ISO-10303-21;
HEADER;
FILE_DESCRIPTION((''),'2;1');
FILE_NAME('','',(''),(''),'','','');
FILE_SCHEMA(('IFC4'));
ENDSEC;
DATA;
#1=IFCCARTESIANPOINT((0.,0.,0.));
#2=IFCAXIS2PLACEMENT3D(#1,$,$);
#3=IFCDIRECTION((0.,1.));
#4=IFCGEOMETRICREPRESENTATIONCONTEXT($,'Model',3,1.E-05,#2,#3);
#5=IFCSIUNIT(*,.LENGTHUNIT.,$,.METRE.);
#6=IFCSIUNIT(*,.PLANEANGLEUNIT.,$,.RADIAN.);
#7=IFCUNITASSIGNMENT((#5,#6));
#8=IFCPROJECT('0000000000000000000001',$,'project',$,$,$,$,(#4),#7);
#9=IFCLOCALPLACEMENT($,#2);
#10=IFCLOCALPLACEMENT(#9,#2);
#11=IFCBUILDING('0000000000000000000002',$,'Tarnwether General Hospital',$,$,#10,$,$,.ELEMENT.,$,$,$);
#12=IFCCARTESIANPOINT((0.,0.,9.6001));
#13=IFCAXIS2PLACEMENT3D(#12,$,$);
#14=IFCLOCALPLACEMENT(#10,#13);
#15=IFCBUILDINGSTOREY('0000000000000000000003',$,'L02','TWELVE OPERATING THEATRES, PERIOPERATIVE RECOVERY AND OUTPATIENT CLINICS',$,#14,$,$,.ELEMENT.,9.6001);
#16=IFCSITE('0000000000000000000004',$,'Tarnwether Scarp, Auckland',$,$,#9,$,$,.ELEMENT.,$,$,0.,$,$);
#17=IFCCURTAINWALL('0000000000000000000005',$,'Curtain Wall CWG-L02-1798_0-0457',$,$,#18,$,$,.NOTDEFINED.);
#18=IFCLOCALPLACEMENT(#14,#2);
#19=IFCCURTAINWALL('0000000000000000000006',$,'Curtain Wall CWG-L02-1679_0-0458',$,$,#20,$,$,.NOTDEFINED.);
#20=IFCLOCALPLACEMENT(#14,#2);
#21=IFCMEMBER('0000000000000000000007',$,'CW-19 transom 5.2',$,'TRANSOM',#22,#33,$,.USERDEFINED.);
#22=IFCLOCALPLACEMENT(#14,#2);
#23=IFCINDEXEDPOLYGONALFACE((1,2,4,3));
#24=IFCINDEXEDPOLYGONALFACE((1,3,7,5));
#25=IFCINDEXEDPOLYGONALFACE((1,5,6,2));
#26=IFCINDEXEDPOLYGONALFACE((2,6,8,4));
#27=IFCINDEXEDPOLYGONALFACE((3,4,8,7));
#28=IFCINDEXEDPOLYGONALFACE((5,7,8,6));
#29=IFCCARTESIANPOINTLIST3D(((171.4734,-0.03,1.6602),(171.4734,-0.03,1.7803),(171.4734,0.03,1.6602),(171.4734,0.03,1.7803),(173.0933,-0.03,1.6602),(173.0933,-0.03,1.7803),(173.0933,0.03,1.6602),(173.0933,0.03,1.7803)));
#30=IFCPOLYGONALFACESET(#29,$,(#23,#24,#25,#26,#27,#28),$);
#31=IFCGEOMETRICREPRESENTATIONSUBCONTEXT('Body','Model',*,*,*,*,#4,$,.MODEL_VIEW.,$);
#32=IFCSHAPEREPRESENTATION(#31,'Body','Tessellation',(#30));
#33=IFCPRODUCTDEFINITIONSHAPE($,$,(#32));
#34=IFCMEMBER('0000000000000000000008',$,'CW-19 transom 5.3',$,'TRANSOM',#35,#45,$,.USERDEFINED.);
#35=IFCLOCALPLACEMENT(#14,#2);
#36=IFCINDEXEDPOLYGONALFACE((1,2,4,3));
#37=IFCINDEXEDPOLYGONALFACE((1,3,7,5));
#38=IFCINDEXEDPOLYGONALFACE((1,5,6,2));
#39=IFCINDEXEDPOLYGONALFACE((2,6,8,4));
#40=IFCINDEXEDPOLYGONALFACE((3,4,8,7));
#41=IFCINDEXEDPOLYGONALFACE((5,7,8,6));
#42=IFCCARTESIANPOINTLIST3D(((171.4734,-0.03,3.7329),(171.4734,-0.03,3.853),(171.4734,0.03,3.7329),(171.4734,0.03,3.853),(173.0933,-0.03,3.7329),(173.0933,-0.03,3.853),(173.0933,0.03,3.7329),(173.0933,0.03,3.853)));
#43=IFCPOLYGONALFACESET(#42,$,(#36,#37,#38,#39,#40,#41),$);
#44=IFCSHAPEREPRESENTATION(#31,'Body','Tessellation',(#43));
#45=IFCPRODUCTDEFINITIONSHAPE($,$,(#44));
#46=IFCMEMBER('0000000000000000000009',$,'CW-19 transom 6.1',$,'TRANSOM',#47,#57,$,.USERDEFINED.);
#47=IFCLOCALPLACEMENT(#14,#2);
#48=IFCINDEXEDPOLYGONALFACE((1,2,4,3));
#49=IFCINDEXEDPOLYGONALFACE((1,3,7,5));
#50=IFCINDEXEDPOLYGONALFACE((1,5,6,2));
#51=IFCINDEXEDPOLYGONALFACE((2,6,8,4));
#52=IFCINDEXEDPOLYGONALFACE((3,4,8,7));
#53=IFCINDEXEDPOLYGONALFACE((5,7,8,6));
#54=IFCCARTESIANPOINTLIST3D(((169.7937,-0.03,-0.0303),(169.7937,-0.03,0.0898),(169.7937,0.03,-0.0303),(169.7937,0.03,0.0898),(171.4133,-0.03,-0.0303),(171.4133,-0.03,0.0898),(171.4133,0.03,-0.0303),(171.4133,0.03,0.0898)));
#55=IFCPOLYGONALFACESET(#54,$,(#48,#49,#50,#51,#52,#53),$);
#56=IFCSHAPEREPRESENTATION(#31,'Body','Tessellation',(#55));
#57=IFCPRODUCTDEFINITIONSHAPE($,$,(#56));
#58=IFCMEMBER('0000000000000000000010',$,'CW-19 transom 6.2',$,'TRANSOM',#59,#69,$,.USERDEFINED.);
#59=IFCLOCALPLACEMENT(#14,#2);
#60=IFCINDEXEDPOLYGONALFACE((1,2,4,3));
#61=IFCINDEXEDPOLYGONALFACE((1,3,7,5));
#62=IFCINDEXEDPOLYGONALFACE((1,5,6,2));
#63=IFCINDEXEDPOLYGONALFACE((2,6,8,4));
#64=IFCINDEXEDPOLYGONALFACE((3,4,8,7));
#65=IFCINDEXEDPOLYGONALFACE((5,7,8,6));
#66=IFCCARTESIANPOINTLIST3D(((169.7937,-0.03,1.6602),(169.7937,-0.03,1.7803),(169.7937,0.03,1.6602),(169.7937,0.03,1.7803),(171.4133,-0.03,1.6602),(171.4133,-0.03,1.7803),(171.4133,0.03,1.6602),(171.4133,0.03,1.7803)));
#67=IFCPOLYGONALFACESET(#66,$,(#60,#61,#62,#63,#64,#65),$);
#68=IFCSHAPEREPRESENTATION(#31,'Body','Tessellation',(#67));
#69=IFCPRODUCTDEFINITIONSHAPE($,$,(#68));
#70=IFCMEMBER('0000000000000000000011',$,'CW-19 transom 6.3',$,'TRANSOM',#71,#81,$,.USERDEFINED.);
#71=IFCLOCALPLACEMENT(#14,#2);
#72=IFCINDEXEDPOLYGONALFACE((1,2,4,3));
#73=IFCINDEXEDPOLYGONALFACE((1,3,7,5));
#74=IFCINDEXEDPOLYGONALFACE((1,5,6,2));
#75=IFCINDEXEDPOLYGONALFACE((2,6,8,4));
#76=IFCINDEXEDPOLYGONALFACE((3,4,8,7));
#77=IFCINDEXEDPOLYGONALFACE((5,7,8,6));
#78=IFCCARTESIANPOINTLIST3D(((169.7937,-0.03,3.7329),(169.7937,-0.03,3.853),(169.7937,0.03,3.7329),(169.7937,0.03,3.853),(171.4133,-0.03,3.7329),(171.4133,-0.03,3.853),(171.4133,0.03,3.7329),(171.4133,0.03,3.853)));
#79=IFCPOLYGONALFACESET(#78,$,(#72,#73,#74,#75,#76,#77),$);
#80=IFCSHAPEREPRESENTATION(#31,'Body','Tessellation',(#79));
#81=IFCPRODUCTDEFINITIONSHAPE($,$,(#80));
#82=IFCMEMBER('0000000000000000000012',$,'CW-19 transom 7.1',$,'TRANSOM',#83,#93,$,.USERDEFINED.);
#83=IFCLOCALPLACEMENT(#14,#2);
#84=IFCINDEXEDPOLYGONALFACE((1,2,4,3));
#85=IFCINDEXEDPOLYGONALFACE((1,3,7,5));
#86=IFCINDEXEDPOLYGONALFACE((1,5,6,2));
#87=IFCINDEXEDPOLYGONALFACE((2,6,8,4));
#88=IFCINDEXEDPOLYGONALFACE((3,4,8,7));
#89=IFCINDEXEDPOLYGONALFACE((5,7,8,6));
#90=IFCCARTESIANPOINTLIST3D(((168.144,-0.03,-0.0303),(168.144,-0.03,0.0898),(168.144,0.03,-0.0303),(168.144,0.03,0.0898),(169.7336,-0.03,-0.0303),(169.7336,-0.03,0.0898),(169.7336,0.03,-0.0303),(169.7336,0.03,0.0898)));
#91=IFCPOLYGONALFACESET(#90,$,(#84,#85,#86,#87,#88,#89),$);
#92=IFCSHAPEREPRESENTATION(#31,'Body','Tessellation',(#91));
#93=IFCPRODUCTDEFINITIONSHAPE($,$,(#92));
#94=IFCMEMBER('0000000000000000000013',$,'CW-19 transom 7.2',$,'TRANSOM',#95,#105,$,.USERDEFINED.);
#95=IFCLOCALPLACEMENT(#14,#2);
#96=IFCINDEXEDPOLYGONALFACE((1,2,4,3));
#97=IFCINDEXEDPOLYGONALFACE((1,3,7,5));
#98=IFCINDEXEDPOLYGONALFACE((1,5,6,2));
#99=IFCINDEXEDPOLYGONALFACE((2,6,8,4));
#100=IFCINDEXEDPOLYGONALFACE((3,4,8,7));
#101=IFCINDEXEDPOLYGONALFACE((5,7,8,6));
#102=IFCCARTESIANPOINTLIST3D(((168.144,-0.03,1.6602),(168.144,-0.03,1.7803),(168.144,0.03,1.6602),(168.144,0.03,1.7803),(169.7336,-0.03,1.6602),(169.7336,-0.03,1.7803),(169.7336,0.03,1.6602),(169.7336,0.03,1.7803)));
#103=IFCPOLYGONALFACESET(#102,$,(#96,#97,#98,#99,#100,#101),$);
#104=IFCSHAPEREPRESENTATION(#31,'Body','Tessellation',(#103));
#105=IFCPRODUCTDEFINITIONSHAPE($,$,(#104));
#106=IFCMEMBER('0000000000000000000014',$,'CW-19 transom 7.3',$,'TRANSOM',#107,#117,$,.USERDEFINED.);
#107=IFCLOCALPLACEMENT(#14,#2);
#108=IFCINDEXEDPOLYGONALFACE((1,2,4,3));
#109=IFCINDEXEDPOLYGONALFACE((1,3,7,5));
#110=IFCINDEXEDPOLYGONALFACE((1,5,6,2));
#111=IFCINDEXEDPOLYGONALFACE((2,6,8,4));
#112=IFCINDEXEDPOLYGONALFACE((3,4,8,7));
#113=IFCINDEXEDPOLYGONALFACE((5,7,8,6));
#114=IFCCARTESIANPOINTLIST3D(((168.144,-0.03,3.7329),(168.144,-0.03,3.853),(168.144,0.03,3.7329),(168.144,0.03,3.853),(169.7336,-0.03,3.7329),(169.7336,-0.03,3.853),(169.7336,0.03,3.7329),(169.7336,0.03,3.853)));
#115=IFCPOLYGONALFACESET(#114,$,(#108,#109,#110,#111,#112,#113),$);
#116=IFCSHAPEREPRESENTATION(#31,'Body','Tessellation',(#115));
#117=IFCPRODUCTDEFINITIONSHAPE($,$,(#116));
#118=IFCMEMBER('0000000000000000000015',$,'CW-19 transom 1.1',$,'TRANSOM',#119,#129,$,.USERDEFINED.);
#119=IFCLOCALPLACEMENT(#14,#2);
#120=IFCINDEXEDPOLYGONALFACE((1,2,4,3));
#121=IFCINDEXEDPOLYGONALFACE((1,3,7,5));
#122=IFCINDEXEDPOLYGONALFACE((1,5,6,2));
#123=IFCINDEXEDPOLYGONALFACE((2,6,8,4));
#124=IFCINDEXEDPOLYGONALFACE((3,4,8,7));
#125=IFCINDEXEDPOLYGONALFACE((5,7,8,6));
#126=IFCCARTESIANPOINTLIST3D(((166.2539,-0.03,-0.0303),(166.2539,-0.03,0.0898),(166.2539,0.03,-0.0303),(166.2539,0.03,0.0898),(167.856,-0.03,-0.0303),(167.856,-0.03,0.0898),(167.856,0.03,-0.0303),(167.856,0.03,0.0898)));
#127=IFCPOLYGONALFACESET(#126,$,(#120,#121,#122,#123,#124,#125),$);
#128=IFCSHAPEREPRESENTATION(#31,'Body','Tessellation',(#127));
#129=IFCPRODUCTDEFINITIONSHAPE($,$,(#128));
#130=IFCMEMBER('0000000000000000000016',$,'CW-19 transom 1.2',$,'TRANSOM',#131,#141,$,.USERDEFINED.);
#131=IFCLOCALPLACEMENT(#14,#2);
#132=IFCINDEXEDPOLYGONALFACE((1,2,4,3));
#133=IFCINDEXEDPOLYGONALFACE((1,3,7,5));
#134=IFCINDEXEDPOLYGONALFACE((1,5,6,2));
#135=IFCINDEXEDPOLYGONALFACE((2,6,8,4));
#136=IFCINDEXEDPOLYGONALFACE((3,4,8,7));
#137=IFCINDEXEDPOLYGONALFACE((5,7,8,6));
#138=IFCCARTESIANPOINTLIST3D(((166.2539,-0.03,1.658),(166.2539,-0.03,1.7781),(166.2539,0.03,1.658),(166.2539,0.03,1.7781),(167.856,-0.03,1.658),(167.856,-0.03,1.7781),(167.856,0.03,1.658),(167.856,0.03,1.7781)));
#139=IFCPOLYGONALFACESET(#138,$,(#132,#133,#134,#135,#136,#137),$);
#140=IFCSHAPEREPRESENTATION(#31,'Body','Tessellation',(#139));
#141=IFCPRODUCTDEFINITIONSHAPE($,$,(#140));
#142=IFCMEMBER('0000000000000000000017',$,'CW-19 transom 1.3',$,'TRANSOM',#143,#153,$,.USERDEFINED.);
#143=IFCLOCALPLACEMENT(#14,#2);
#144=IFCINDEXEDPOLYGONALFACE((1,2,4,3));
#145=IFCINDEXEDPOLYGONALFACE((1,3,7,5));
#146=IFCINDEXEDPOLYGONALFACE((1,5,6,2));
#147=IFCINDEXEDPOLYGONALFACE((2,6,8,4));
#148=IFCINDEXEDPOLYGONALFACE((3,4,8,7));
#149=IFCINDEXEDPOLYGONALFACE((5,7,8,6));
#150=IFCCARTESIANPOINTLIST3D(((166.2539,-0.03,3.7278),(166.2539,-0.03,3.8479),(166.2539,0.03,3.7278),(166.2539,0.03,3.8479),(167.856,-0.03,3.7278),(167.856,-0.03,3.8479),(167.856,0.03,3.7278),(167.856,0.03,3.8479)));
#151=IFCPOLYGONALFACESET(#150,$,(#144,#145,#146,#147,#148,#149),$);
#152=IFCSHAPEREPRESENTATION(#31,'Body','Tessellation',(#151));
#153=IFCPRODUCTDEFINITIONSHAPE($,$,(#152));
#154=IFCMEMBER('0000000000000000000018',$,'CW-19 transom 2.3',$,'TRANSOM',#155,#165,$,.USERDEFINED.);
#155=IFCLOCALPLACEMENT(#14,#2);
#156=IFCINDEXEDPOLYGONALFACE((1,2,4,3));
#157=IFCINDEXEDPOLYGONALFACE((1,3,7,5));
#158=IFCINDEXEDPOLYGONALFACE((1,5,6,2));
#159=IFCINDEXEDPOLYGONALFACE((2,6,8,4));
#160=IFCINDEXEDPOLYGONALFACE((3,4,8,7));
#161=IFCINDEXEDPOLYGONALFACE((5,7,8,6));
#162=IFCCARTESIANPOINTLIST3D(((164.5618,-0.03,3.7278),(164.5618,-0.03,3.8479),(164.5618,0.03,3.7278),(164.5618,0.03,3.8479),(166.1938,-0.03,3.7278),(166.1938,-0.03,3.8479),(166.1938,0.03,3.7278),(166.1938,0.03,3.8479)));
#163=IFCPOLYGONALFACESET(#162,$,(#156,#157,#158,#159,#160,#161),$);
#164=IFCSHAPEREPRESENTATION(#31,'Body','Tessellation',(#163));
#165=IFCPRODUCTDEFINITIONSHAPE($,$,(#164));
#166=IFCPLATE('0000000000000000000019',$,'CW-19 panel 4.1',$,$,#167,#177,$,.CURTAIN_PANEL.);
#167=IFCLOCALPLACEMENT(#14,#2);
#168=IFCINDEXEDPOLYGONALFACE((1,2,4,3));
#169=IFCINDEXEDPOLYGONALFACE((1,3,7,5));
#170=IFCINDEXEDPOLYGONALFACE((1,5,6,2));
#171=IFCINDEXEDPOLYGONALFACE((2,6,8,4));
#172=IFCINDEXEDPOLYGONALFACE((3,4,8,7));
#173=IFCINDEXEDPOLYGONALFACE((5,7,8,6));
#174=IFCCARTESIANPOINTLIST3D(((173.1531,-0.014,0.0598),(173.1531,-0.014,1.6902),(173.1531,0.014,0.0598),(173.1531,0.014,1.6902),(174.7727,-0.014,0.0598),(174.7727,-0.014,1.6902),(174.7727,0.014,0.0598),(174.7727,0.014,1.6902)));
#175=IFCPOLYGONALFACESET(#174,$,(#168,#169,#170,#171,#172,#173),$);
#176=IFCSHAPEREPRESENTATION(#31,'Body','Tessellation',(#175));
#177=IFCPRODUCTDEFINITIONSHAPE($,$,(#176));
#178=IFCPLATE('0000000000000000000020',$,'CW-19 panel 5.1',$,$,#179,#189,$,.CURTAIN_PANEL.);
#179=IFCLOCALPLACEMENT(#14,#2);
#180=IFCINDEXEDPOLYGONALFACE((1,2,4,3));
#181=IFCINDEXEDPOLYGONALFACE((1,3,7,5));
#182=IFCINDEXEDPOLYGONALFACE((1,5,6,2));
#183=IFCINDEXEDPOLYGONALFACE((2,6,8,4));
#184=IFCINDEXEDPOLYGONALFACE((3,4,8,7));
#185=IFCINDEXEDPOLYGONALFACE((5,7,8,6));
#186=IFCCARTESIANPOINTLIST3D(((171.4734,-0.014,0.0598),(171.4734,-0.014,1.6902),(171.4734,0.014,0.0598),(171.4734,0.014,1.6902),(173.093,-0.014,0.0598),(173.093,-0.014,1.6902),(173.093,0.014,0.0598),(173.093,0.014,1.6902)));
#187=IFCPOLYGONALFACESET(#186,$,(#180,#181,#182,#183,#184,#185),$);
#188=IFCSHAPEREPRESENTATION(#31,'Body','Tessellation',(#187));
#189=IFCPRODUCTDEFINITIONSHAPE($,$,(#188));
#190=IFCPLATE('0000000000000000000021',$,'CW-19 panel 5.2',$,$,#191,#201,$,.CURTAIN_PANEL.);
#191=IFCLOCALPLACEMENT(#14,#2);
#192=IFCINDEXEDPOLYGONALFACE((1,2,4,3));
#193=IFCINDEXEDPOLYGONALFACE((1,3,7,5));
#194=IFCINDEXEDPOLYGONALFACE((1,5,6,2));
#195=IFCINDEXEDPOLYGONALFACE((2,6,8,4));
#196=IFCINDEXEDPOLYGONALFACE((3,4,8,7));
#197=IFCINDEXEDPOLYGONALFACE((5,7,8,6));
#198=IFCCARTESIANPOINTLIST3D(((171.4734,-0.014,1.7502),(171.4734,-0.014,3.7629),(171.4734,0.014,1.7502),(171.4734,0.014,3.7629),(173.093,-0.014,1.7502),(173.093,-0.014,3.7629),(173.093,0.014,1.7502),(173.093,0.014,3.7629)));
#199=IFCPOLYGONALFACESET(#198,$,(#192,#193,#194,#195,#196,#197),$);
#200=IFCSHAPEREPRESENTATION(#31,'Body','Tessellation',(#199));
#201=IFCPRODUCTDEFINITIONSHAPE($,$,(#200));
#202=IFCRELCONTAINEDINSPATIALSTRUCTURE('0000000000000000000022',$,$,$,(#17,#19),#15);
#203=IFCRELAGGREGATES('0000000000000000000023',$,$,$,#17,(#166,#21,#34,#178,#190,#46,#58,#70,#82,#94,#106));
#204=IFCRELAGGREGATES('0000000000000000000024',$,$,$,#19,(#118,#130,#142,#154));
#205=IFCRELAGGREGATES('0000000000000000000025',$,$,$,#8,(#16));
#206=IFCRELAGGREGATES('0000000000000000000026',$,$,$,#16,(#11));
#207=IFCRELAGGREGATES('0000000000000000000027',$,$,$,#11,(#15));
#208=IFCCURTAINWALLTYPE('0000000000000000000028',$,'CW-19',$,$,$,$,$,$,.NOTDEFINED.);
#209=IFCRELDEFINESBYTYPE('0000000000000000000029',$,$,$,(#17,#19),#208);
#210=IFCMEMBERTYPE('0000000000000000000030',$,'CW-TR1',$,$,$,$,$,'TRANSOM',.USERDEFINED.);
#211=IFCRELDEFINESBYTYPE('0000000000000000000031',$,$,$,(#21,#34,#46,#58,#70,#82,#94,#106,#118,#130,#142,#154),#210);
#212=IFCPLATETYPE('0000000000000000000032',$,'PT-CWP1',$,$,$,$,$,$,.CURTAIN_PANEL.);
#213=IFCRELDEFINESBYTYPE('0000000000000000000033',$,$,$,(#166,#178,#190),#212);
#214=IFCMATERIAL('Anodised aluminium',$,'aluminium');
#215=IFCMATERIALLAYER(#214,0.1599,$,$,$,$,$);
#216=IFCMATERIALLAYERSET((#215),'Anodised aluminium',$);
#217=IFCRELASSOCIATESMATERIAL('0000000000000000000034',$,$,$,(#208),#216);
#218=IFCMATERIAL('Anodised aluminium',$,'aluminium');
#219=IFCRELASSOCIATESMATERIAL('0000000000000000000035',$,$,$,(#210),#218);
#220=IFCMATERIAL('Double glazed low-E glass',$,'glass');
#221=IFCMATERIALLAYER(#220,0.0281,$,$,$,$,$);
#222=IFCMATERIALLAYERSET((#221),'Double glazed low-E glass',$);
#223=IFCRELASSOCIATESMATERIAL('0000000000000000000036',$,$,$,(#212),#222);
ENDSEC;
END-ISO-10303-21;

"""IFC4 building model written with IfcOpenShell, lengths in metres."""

from ifc_helpers import new_model, si_unit, direction, frame, origin, origin_2d, place, context, subcontext, project, spatial, rectangle, extrude, material, layer, layer_set, material_profile, profile_set, type_object, element, aggregate, save


model = new_model("IFC4")

# Units and contexts
model_context = context("Model", 3, precision=1e-05, world=origin(), true_north=direction((0.0, 1.0)))
body_context = subcontext(model_context, "Body", "Model", "MODEL_VIEW")
ifc_project = project(units=[si_unit("LENGTHUNIT", "METRE"), si_unit("PLANEANGLEUNIT", "RADIAN")], contexts=[model_context])

# Site, building, storey
site_placement = place(None, origin())
site = spatial("IfcSite", under=ifc_project, at=site_placement, Name="Tarnwether Scarp, Auckland", CompositionType="ELEMENT", RefElevation=0.0)
building_placement = place(site_placement, origin())
building = spatial("IfcBuilding", under=site, at=building_placement, Name="Tarnwether General Hospital", CompositionType="ELEMENT")
storey_placement = place(building_placement, frame((0.0, 0.0, 9.6001)))
storey = spatial("IfcBuildingStorey", under=building, at=storey_placement, Name="L02", Description="TWELVE OPERATING THEATRES, PERIOPERATIVE RECOVERY AND OUTPATIENT CLINICS", CompositionType="ELEMENT", Elevation=9.6001)

# Curtain walls
ifc_material_1 = material(Name="Anodised aluminium", Category="aluminium")
ifc_layer_1 = layer(ifc_material_1, 0.1599)
ifc_layer_set_1 = layer_set([ifc_layer_1], Name="Anodised aluminium")
curtain_wall_type = type_object("IfcCurtainWallType", Name="CW-19", PredefinedType="NOTDEFINED", material=ifc_layer_set_1)
curtain_wall_1_placement = place(storey_placement, origin())
curtain_wall_1 = element("IfcCurtainWall", 1, at=curtain_wall_1_placement, inside=storey, type_object=curtain_wall_type, Name="Curtain Wall CWG-L02-1798_0-0457", PredefinedType="NOTDEFINED")
curtain_wall_2_placement = place(storey_placement, origin())
curtain_wall_2 = element("IfcCurtainWall", 2, at=curtain_wall_2_placement, inside=storey, type_object=curtain_wall_type, Name="Curtain Wall CWG-L02-1679_0-0458", PredefinedType="NOTDEFINED")

# Members
ifc_material_2 = material(Name="Anodised aluminium", Category="aluminium")
ifc_material_profile_1 = material_profile(ifc_material_2, rectangle(XDim=0.0601, YDim=0.1201, at=origin_2d()), Name="ALU-TRN-60x120")
ifc_profile_set_1 = profile_set([ifc_material_profile_1], Name="Anodised aluminium")
member_type_1 = type_object("IfcMemberType", Name="CW-TR1", ElementType="TRANSOM", PredefinedType="USERDEFINED", material=ifc_profile_set_1)
member_1_placement = place(storey_placement, frame((173.0933, 0.0, 1.7202), z_axis=(-1.0, 0.0, 0.0), x_axis=(0.0, -1.0, 0.0)))
member_1 = element("IfcMember", 3, at=member_1_placement, type_object=member_type_1, Name="CW-19 transom 5.2", ObjectType="TRANSOM", PredefinedType="USERDEFINED", context=body_context, shape_type="SweptSolid", body=[
    extrude(rectangle(XDim=0.0601, YDim=0.1201, at=origin_2d()), origin(), (0.0, 0.0, 1.0), 1.6199),
])
member_2_placement = place(storey_placement, frame((173.0933, 0.0, 3.793), z_axis=(-1.0, 0.0, 0.0), x_axis=(0.0, -1.0, 0.0)))
member_2 = element("IfcMember", 4, at=member_2_placement, type_object=member_type_1, Name="CW-19 transom 5.3", ObjectType="TRANSOM", PredefinedType="USERDEFINED", context=body_context, shape_type="SweptSolid", body=[
    extrude(rectangle(XDim=0.0601, YDim=0.1201, at=origin_2d()), origin(), (0.0, 0.0, 1.0), 1.6199),
])
member_3_placement = place(storey_placement, frame((171.4133, 0.0, 0.0298), z_axis=(-1.0, 0.0, 0.0), x_axis=(0.0, -1.0, 0.0)))
member_3 = element("IfcMember", 5, at=member_3_placement, type_object=member_type_1, Name="CW-19 transom 6.1", ObjectType="TRANSOM", PredefinedType="USERDEFINED", context=body_context, shape_type="SweptSolid", body=[
    extrude(rectangle(XDim=0.0601, YDim=0.1201, at=origin_2d()), origin(), (0.0, 0.0, 1.0), 1.6196),
])
member_4_placement = place(storey_placement, frame((171.4133, 0.0, 1.7202), z_axis=(-1.0, 0.0, 0.0), x_axis=(0.0, -1.0, 0.0)))
member_4 = element("IfcMember", 6, at=member_4_placement, type_object=member_type_1, Name="CW-19 transom 6.2", ObjectType="TRANSOM", PredefinedType="USERDEFINED", context=body_context, shape_type="SweptSolid", body=[
    extrude(rectangle(XDim=0.0601, YDim=0.1201, at=origin_2d()), origin(), (0.0, 0.0, 1.0), 1.6196),
])
member_5_placement = place(storey_placement, frame((171.4133, 0.0, 3.793), z_axis=(-1.0, 0.0, 0.0), x_axis=(0.0, -1.0, 0.0)))
member_5 = element("IfcMember", 7, at=member_5_placement, type_object=member_type_1, Name="CW-19 transom 6.3", ObjectType="TRANSOM", PredefinedType="USERDEFINED", context=body_context, shape_type="SweptSolid", body=[
    extrude(rectangle(XDim=0.0601, YDim=0.1201, at=origin_2d()), origin(), (0.0, 0.0, 1.0), 1.6196),
])
member_6_placement = place(storey_placement, frame((169.7336, 0.0, 0.0298), z_axis=(-1.0, 0.0, 0.0), x_axis=(0.0, -1.0, 0.0)))
member_6 = element("IfcMember", 8, at=member_6_placement, type_object=member_type_1, Name="CW-19 transom 7.1", ObjectType="TRANSOM", PredefinedType="USERDEFINED", context=body_context, shape_type="SweptSolid", body=[
    extrude(rectangle(XDim=0.0601, YDim=0.1201, at=origin_2d()), origin(), (0.0, 0.0, 1.0), 1.5896),
])
member_7_placement = place(storey_placement, frame((169.7336, 0.0, 1.7202), z_axis=(-1.0, 0.0, 0.0), x_axis=(0.0, -1.0, 0.0)))
member_7 = element("IfcMember", 9, at=member_7_placement, type_object=member_type_1, Name="CW-19 transom 7.2", ObjectType="TRANSOM", PredefinedType="USERDEFINED", context=body_context, shape_type="SweptSolid", body=[
    extrude(rectangle(XDim=0.0601, YDim=0.1201, at=origin_2d()), origin(), (0.0, 0.0, 1.0), 1.5896),
])
member_8_placement = place(storey_placement, frame((169.7336, 0.0, 3.793), z_axis=(-1.0, 0.0, 0.0), x_axis=(0.0, -1.0, 0.0)))
member_8 = element("IfcMember", 10, at=member_8_placement, type_object=member_type_1, Name="CW-19 transom 7.3", ObjectType="TRANSOM", PredefinedType="USERDEFINED", context=body_context, shape_type="SweptSolid", body=[
    extrude(rectangle(XDim=0.0601, YDim=0.1201, at=origin_2d()), origin(), (0.0, 0.0, 1.0), 1.5896),
])
member_9_placement = place(storey_placement, frame((167.856, 0.0, 0.0298), z_axis=(-1.0, 0.0, 0.0), x_axis=(0.0, -1.0, 0.0)))
member_9 = element("IfcMember", 11, at=member_9_placement, type_object=member_type_1, Name="CW-19 transom 1.1", ObjectType="TRANSOM", PredefinedType="USERDEFINED", context=body_context, shape_type="SweptSolid", body=[
    extrude(rectangle(XDim=0.0601, YDim=0.1201, at=origin_2d()), origin(), (0.0, 0.0, 1.0), 1.6021),
])
member_10_placement = place(storey_placement, frame((167.856, 0.0, 1.718), z_axis=(-1.0, 0.0, 0.0), x_axis=(0.0, -1.0, 0.0)))
member_10 = element("IfcMember", 12, at=member_10_placement, type_object=member_type_1, Name="CW-19 transom 1.2", ObjectType="TRANSOM", PredefinedType="USERDEFINED", context=body_context, shape_type="SweptSolid", body=[
    extrude(rectangle(XDim=0.0601, YDim=0.1201, at=origin_2d()), origin(), (0.0, 0.0, 1.0), 1.6021),
])
member_11_placement = place(storey_placement, frame((167.856, 0.0, 3.7878), z_axis=(-1.0, 0.0, 0.0), x_axis=(0.0, -1.0, 0.0)))
member_11 = element("IfcMember", 13, at=member_11_placement, type_object=member_type_1, Name="CW-19 transom 1.3", ObjectType="TRANSOM", PredefinedType="USERDEFINED", context=body_context, shape_type="SweptSolid", body=[
    extrude(rectangle(XDim=0.0601, YDim=0.1201, at=origin_2d()), origin(), (0.0, 0.0, 1.0), 1.6021),
])
member_12_placement = place(storey_placement, frame((166.1938, 0.0, 3.7878), z_axis=(-1.0, 0.0, 0.0), x_axis=(0.0, -1.0, 0.0)))
member_12 = element("IfcMember", 14, at=member_12_placement, type_object=member_type_1, Name="CW-19 transom 2.3", ObjectType="TRANSOM", PredefinedType="USERDEFINED", context=body_context, shape_type="SweptSolid", body=[
    extrude(rectangle(XDim=0.0601, YDim=0.1201, at=origin_2d()), origin(), (0.0, 0.0, 1.0), 1.6321),
])

# Plates
ifc_material_3 = material(Name="Double glazed low-E glass", Category="glass")
ifc_layer_2 = layer(ifc_material_3, 0.0281)
ifc_layer_set_2 = layer_set([ifc_layer_2], Name="Double glazed low-E glass")
plate_type_1 = type_object("IfcPlateType", Name="PT-CWP1", PredefinedType="CURTAIN_PANEL", material=ifc_layer_set_2)
plate_1_placement = place(storey_placement, frame((173.9629, 0.0, 0.0598), z_axis=(0.0, 0.0, 1.0), x_axis=(-1.0, 0.0, 0.0)))
plate_1 = element("IfcPlate", 15, at=plate_1_placement, type_object=plate_type_1, Name="CW-19 panel 4.1", PredefinedType="CURTAIN_PANEL", context=body_context, shape_type="SweptSolid", body=[
    extrude(rectangle(XDim=1.6196, YDim=0.0281, at=origin_2d()), origin(), (0.0, 0.0, 1.0), 1.6304),
])
plate_2_placement = place(storey_placement, frame((172.2832, 0.0, 0.0598), z_axis=(0.0, 0.0, 1.0), x_axis=(-1.0, 0.0, 0.0)))
plate_2 = element("IfcPlate", 16, at=plate_2_placement, type_object=plate_type_1, Name="CW-19 panel 5.1", PredefinedType="CURTAIN_PANEL", context=body_context, shape_type="SweptSolid", body=[
    extrude(rectangle(XDim=1.6196, YDim=0.0281, at=origin_2d()), origin(), (0.0, 0.0, 1.0), 1.6304),
])
plate_3_placement = place(storey_placement, frame((172.2832, 0.0, 1.7502), z_axis=(0.0, 0.0, 1.0), x_axis=(-1.0, 0.0, 0.0)))
plate_3 = element("IfcPlate", 17, at=plate_3_placement, type_object=plate_type_1, Name="CW-19 panel 5.2", PredefinedType="CURTAIN_PANEL", context=body_context, shape_type="SweptSolid", body=[
    extrude(rectangle(XDim=1.6196, YDim=0.0281, at=origin_2d()), origin(), (0.0, 0.0, 1.0), 2.0127),
])
aggregate(curtain_wall_1, [plate_1, member_1, member_2, plate_2, plate_3, member_3, member_4, member_5, member_6, member_7, member_8])
aggregate(curtain_wall_2, [member_9, member_10, member_11, member_12])

save(model, "model.ifc")
